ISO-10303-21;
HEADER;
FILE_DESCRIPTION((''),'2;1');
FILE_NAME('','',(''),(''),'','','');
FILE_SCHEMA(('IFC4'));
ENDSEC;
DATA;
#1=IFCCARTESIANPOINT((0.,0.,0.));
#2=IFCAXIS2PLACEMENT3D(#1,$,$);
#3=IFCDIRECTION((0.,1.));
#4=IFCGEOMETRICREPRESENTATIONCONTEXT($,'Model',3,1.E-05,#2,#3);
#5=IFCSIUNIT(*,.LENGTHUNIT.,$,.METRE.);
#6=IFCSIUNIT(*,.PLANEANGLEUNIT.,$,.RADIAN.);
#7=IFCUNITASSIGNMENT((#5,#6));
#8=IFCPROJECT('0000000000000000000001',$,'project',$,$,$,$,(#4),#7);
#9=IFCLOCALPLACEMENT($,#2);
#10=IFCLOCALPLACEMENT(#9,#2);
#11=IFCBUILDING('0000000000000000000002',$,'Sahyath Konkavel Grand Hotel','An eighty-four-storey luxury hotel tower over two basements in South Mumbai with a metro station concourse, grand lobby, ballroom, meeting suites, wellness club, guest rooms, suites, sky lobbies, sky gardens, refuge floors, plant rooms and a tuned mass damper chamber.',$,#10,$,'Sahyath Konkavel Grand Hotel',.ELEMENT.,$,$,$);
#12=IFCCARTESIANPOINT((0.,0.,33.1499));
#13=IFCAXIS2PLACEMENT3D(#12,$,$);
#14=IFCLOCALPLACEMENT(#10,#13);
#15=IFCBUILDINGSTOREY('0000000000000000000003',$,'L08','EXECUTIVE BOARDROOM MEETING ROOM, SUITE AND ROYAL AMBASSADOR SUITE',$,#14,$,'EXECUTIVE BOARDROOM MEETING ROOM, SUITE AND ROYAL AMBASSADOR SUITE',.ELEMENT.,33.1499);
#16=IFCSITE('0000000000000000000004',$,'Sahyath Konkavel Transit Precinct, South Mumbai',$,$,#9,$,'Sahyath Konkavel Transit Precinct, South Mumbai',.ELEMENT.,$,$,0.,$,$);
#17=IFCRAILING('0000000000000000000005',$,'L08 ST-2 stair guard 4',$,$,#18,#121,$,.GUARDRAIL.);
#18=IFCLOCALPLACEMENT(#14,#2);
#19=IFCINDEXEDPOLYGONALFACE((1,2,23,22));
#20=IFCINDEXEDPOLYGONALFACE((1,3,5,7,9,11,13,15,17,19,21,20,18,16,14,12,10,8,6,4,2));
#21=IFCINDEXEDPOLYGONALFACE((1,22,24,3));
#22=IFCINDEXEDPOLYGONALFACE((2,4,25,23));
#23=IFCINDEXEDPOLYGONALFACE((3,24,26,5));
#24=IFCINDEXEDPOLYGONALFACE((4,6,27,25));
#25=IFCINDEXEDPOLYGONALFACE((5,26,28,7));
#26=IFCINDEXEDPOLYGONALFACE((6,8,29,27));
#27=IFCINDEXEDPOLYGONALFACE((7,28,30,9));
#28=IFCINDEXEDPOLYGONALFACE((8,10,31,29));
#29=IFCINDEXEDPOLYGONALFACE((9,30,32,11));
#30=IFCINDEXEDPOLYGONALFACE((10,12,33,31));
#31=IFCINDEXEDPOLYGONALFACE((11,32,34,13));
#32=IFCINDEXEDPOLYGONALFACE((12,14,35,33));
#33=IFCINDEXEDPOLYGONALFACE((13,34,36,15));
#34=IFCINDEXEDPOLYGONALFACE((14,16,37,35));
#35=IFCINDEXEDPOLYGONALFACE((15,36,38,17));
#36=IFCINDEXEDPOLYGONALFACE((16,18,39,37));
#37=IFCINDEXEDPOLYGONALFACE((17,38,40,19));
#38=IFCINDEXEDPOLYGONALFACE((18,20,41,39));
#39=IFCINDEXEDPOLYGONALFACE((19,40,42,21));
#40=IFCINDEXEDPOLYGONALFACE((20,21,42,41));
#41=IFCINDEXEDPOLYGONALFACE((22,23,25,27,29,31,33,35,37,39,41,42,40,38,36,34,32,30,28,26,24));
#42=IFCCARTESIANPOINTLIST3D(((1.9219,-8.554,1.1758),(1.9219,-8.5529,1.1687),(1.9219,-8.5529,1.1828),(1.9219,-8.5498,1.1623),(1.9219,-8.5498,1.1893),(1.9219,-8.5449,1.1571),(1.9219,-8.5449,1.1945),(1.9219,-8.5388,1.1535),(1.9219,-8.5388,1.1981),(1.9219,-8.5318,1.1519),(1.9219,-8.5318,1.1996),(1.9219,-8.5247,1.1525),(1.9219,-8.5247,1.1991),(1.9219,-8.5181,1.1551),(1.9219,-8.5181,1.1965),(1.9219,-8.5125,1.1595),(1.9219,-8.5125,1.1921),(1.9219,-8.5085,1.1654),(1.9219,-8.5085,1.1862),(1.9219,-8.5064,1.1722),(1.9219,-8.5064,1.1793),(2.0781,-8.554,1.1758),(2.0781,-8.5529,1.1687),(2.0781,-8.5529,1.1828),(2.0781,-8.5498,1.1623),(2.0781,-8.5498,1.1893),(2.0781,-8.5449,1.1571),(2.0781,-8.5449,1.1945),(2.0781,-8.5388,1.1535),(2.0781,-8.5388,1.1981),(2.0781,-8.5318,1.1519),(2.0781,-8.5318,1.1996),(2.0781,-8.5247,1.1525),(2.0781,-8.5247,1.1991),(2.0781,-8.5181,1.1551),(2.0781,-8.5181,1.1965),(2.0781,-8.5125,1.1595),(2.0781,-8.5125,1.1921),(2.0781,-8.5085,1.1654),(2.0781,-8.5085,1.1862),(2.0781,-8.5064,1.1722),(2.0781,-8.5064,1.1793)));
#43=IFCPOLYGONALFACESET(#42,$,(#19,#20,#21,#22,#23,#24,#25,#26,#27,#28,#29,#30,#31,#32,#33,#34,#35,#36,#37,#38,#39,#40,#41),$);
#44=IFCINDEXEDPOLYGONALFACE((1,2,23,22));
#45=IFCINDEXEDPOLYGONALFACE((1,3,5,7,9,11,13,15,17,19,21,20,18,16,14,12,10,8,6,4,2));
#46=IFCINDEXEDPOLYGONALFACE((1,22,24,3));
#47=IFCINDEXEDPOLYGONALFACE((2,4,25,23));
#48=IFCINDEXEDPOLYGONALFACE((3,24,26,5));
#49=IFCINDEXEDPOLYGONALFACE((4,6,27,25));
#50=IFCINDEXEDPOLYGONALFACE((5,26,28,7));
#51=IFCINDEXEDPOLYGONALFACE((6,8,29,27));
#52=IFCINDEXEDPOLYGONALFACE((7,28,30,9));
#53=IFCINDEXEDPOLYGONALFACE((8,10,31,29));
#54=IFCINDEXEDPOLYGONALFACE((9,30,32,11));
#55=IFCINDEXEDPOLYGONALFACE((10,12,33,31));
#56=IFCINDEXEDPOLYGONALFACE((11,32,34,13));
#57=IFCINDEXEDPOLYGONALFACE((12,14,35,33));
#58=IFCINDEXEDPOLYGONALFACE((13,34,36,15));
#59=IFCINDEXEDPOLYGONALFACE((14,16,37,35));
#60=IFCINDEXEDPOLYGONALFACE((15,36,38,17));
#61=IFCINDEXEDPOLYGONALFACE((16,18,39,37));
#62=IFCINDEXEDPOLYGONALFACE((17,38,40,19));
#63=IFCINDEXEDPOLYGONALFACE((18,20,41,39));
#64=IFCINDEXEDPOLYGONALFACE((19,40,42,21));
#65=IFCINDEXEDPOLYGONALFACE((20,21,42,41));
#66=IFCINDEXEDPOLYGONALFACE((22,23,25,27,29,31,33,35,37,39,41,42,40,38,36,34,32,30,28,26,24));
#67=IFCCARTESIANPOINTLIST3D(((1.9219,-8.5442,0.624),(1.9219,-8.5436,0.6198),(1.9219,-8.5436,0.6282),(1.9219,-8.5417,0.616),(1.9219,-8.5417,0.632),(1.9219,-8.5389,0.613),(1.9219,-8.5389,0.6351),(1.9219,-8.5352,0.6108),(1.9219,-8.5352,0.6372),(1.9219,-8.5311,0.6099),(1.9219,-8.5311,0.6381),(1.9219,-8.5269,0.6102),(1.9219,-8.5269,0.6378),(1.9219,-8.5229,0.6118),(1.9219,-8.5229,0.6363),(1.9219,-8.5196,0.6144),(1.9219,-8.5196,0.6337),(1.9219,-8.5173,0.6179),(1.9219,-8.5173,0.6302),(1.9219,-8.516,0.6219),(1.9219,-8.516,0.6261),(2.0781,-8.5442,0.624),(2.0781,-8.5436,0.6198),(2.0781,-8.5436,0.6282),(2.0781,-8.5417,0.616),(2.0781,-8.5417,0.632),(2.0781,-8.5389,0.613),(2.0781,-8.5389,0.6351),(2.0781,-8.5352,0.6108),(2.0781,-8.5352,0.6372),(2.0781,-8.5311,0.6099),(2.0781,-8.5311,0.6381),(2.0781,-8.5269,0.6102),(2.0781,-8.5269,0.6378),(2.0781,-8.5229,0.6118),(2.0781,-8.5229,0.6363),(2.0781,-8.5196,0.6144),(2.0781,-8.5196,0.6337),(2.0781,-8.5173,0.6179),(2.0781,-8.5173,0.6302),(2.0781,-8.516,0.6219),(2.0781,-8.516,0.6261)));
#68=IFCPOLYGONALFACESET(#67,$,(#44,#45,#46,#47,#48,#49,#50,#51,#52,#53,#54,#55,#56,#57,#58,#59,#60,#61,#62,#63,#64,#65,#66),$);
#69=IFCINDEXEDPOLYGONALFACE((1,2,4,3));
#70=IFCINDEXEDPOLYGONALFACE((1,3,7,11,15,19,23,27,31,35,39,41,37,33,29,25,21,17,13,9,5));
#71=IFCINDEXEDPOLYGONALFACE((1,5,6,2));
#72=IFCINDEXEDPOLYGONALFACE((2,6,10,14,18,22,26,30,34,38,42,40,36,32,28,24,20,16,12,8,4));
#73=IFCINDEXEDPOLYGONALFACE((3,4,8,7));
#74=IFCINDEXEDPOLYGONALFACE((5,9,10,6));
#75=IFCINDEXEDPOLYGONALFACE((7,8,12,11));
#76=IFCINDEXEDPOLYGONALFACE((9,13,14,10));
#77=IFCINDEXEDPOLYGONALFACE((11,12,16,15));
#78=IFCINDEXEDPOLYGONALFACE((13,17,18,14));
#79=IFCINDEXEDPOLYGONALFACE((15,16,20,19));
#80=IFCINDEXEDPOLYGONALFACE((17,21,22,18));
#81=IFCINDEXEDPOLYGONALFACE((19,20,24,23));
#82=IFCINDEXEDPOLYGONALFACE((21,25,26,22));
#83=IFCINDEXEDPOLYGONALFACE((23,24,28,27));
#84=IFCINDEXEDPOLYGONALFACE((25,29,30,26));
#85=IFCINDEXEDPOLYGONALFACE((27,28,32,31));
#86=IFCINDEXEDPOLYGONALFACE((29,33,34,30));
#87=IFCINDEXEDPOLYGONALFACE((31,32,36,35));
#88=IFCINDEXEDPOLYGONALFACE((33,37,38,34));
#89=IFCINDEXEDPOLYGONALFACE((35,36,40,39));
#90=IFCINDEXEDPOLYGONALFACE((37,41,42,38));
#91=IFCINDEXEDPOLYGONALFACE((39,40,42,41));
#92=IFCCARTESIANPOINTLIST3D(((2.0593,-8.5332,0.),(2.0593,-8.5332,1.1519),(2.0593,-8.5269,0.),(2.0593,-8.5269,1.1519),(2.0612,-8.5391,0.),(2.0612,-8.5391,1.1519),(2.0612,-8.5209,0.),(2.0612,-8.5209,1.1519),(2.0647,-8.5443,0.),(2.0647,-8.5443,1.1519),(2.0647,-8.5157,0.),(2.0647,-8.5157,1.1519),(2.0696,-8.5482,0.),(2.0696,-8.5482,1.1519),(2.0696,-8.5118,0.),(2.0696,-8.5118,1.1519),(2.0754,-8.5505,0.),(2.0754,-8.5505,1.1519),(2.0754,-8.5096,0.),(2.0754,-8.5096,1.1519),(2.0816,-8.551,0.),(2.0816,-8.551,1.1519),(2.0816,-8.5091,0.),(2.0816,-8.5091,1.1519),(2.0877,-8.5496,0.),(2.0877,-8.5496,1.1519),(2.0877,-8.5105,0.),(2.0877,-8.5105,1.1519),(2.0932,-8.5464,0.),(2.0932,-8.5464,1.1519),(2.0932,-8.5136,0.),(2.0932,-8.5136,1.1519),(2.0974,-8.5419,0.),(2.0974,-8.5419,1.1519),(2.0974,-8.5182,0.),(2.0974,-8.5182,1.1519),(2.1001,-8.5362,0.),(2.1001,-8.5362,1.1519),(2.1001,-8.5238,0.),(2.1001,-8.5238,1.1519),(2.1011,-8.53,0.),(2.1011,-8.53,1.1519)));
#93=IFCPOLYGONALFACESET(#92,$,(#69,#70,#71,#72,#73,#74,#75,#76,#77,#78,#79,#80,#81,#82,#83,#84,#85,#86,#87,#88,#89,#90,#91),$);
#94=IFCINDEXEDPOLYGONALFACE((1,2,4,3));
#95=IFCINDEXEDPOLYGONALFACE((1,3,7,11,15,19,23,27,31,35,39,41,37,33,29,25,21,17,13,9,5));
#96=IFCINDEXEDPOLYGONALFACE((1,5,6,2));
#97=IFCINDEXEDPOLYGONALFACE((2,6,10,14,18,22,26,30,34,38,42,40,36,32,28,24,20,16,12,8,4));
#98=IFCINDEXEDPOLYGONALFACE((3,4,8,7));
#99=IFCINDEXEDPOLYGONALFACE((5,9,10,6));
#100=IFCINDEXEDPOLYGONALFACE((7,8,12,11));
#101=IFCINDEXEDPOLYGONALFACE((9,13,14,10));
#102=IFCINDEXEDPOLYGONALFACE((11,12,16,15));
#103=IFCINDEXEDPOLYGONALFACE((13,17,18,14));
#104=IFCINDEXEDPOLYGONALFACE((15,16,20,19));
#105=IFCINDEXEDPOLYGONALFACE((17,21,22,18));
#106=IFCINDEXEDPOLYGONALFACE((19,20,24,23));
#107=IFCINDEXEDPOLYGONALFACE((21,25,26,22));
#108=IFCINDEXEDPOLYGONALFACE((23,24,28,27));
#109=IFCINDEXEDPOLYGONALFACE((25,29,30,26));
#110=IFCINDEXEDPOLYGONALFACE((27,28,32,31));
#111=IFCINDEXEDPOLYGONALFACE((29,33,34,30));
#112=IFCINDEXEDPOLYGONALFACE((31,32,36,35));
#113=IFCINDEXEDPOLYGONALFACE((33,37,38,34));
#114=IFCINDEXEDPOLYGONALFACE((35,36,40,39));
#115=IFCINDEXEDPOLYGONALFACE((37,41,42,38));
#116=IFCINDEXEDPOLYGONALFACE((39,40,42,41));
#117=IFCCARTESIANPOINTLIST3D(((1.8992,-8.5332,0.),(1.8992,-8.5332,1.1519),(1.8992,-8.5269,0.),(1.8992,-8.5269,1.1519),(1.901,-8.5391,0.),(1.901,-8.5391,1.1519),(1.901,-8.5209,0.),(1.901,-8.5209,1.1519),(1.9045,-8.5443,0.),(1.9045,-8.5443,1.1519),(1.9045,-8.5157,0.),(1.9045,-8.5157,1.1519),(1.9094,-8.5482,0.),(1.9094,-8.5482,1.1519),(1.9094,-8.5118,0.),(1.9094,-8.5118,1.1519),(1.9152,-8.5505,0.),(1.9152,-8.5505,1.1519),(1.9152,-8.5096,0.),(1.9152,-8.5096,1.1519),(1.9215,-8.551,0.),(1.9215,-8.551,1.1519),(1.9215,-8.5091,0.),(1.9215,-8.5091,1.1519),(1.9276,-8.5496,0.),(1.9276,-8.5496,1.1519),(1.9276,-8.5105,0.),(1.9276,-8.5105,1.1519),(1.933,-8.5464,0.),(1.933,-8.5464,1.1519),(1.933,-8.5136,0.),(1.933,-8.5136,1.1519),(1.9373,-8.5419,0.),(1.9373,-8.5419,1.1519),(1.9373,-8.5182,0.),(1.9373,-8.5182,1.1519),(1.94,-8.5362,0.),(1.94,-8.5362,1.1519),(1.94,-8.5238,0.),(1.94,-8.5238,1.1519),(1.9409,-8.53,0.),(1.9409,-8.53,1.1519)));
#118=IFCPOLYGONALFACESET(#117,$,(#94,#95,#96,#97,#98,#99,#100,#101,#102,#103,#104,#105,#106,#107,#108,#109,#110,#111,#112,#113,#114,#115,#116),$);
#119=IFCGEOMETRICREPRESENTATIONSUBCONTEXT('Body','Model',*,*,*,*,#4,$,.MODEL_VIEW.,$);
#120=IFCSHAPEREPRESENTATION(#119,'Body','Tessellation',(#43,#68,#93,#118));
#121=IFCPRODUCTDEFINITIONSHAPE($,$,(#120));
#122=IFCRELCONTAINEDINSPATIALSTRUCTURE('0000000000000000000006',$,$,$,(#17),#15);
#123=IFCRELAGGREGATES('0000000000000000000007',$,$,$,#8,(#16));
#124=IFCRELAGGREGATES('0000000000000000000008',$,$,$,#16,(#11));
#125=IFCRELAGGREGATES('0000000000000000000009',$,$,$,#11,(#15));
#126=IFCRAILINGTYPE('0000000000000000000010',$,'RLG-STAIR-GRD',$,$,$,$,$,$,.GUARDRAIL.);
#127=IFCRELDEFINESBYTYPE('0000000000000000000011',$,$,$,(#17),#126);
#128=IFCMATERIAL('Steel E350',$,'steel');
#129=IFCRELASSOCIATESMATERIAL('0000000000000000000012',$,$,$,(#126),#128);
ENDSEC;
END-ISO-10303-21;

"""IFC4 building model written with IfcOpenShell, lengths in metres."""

from ifc_helpers import new_model, si_unit, direction, frame, origin, origin_2d, place, context, subcontext, project, spatial, circle, extrude, material, type_object, element, save


model = new_model("IFC4")

# Units and contexts
model_context = context("Model", 3, precision=1e-05, world=origin(), true_north=direction((0.0, 1.0)))
body_context = subcontext(model_context, "Body", "Model", "MODEL_VIEW")
ifc_project = project(units=[si_unit("LENGTHUNIT", "METRE"), si_unit("PLANEANGLEUNIT", "RADIAN")], contexts=[model_context])

# Site, building, storey
site_placement = place(None, origin())
site = spatial("IfcSite", under=ifc_project, at=site_placement, Name="Sahyath Konkavel Transit Precinct, South Mumbai", LongName="Sahyath Konkavel Transit Precinct, South Mumbai", CompositionType="ELEMENT", RefElevation=0.0)
building_placement = place(site_placement, origin())
building = spatial("IfcBuilding", under=site, at=building_placement, Name="Sahyath Konkavel Grand Hotel", Description="An eighty-four-storey luxury hotel tower over two basements in South Mumbai with a metro station concourse, grand lobby, ballroom, meeting suites, wellness club, guest rooms, suites, sky lobbies, sky gardens, refuge floors, plant rooms and a tuned mass damper chamber.", LongName="Sahyath Konkavel Grand Hotel", CompositionType="ELEMENT")
storey_placement = place(building_placement, frame((0.0, 0.0, 33.1499)))
storey = spatial("IfcBuildingStorey", under=building, at=storey_placement, Name="L08", Description="EXECUTIVE BOARDROOM MEETING ROOM, SUITE AND ROYAL AMBASSADOR SUITE", LongName="EXECUTIVE BOARDROOM MEETING ROOM, SUITE AND ROYAL AMBASSADOR SUITE", CompositionType="ELEMENT", Elevation=33.1499)

# Shared definitions
ifc_material_1 = material(Name="Steel E350", Category="steel")

# Railing
railing_type_1 = type_object("IfcRailingType", Name="RLG-STAIR-GRD", PredefinedType="GUARDRAIL", material=ifc_material_1)
railing_1_placement = place(storey_placement, frame((2.0801, -8.53, 0.0)))
element("IfcRailing", 1, at=railing_1_placement, inside=storey, type_object=railing_type_1, Name="L08 ST-2 stair guard 4", PredefinedType="GUARDRAIL", context=body_context, shape_type="SweptSolid", body=[
    extrude(circle(Radius=0.0239, at=origin_2d()), frame((-0.002, 0.0, 1.1758), z_axis=(-1.0, 0.0, 0.0), x_axis=(0.0, -1.0, 0.0)), (0.0, 0.0, 1.0), 0.1562),
    extrude(circle(Radius=0.0142, at=origin_2d()), frame((-0.002, 0.0, 0.624), z_axis=(-1.0, 0.0, 0.0), x_axis=(0.0, -1.0, 0.0)), (0.0, 0.0, 1.0), 0.1562),
    extrude(circle(Radius=0.021, at=origin_2d()), origin(), (0.0, 0.0, 1.0), 1.1519),
    extrude(circle(Radius=0.021, at=origin_2d()), frame((-0.1602, 0.0, 0.0)), (0.0, 0.0, 1.0), 1.1519),
])

save(model, "model.ifc")
